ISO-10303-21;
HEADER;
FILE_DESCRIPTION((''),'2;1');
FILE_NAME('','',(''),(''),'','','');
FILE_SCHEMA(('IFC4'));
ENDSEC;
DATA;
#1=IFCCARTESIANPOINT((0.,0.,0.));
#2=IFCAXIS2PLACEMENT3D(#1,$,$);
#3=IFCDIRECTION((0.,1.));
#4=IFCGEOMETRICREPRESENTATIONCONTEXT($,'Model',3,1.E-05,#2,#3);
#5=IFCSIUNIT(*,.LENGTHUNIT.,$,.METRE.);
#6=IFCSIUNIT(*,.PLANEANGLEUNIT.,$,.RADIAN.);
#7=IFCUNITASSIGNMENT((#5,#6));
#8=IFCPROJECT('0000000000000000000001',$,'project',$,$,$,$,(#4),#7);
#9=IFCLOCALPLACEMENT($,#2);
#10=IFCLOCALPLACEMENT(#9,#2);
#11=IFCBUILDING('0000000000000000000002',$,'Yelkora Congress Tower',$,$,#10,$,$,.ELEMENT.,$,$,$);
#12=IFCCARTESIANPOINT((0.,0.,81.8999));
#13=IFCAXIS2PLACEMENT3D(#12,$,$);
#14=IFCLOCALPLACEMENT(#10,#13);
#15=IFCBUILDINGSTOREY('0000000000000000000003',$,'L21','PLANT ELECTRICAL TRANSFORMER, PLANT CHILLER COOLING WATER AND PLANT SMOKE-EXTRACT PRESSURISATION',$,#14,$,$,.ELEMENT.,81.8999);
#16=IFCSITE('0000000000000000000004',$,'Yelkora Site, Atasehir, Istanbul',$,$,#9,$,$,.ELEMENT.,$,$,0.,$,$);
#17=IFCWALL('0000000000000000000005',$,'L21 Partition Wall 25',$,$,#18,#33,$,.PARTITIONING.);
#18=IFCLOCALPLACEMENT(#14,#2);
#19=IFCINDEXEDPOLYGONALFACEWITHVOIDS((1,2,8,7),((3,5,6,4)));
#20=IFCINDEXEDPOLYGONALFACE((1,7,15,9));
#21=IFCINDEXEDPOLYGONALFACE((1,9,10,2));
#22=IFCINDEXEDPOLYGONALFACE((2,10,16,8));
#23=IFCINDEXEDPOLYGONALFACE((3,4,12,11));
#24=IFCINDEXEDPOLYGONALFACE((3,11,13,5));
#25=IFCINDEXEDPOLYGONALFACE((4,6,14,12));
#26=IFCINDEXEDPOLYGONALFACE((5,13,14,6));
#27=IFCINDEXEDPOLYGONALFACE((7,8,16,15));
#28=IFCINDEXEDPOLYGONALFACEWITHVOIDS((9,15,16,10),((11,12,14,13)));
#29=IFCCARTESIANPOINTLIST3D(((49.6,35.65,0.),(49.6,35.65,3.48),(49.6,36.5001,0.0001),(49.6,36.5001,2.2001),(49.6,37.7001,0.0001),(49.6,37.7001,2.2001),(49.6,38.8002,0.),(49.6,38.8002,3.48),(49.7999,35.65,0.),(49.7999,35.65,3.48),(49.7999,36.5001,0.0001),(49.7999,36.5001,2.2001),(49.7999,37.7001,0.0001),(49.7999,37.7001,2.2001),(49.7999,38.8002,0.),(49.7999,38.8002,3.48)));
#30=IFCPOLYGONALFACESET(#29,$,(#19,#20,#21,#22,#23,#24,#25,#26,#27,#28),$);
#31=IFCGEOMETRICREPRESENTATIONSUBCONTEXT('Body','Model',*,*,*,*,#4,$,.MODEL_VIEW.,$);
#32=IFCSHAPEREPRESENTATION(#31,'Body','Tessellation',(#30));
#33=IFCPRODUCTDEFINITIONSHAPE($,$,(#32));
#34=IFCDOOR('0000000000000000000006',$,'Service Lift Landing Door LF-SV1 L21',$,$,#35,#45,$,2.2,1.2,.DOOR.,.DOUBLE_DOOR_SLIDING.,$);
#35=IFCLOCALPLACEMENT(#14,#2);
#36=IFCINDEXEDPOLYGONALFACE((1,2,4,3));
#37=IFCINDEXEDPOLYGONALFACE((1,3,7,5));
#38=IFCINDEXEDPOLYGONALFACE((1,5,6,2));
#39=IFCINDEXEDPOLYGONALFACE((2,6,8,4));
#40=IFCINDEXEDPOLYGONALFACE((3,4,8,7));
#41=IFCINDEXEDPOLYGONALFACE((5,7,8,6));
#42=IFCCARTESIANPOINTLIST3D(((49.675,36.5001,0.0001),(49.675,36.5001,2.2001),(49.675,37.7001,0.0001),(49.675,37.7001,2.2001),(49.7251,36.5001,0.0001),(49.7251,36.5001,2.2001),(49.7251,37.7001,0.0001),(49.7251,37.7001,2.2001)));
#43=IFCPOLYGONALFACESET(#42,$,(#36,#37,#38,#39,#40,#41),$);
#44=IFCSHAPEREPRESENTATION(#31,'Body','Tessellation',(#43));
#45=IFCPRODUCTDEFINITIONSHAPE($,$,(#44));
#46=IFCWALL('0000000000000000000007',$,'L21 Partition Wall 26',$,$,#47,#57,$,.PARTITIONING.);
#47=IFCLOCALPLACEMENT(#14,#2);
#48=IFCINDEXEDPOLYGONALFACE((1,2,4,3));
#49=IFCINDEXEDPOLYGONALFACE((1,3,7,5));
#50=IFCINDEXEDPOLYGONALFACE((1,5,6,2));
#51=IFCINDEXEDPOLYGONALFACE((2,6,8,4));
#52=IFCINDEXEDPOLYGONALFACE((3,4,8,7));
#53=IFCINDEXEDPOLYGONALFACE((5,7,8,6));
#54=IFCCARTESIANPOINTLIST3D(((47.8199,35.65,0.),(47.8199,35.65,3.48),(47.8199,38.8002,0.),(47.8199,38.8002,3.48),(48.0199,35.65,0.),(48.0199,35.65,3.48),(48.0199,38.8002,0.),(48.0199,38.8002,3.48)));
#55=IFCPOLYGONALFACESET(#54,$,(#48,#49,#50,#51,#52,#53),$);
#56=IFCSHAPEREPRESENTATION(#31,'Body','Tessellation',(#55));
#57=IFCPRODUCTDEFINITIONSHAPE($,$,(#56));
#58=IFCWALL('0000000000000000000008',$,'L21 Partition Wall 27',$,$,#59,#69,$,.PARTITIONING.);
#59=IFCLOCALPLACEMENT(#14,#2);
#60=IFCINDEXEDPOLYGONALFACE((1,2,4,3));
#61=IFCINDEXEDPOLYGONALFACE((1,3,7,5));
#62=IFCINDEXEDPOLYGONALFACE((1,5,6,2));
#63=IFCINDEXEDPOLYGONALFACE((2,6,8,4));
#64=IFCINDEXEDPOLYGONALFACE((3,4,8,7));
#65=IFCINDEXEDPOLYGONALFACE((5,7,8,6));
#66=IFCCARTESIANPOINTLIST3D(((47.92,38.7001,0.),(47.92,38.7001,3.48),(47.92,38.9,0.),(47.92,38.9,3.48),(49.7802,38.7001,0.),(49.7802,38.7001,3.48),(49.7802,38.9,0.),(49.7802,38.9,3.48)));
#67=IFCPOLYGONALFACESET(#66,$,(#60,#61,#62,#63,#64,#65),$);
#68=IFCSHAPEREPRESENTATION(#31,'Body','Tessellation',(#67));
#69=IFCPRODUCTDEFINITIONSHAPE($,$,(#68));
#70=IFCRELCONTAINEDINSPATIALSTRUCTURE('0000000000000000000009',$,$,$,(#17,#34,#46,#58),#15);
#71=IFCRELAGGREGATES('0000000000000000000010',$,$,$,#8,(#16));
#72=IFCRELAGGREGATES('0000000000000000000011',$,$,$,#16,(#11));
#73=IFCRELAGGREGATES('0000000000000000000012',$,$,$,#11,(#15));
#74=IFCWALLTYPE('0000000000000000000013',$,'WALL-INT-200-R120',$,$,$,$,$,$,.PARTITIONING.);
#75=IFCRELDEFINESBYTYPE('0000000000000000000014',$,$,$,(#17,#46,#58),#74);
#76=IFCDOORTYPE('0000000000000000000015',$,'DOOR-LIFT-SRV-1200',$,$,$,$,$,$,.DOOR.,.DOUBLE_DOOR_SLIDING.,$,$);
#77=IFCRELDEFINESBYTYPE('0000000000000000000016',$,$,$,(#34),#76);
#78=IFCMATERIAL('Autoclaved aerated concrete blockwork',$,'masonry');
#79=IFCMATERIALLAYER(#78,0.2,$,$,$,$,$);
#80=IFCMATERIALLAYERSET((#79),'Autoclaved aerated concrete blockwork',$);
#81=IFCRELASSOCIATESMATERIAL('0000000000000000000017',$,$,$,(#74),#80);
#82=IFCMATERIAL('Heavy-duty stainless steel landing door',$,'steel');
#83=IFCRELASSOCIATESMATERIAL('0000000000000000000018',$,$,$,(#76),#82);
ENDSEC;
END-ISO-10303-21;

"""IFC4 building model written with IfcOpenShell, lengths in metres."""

from ifc_helpers import new_model, si_unit, direction, frame, frame_2d, origin, place, context, subcontext, project, spatial, rectangle, extrude, material, layer, layer_set, type_object, element, fill, save


model = new_model("IFC4")

# Units and contexts
model_context = context("Model", 3, precision=1e-05, world=origin(), true_north=direction((0.0, 1.0)))
body_context = subcontext(model_context, "Body", "Model", "MODEL_VIEW")
ifc_project = project(units=[si_unit("LENGTHUNIT", "METRE"), si_unit("PLANEANGLEUNIT", "RADIAN")], contexts=[model_context])

# Site, building, storey
site_placement = place(None, origin())
site = spatial("IfcSite", under=ifc_project, at=site_placement, Name="Yelkora Site, Atasehir, Istanbul", CompositionType="ELEMENT", RefElevation=0.0)
building_placement = place(site_placement, origin())
building = spatial("IfcBuilding", under=site, at=building_placement, Name="Yelkora Congress Tower", CompositionType="ELEMENT")
storey_placement = place(building_placement, frame((0.0, 0.0, 81.8999)))
storey = spatial("IfcBuildingStorey", under=building, at=storey_placement, Name="L21", Description="PLANT ELECTRICAL TRANSFORMER, PLANT CHILLER COOLING WATER AND PLANT SMOKE-EXTRACT PRESSURISATION", CompositionType="ELEMENT", Elevation=81.8999)

# Shared definitions
ifc_material_1 = material(Name="Autoclaved aerated concrete blockwork", Category="masonry")
ifc_layer_1 = layer(ifc_material_1, 0.2)
ifc_layer_set_1 = layer_set([ifc_layer_1], Name="Autoclaved aerated concrete blockwork")
wall_type_1 = type_object("IfcWallType", Name="WALL-INT-200-R120", PredefinedType="PARTITIONING", material=ifc_layer_set_1)

# Wall, opening, door
wall_1_placement = place(storey_placement, frame((49.7, 35.6499, 0.0), z_axis=(0.0, 0.0, 1.0), x_axis=(0.0, 1.0, 0.0)))
wall_1 = element("IfcWall", 1, at=wall_1_placement, inside=storey, type_object=wall_type_1, Name="L21 Partition Wall 25", PredefinedType="PARTITIONING", context=body_context, shape_type="SweptSolid", body=[
    extrude(rectangle(XDim=3.1501, YDim=0.2, at=frame_2d((1.5752, 0.0))), origin(), (0.0, 0.0, 1.0), 3.48),
])
opening_1_placement = place(wall_1_placement, frame((0.8501, 0.0, 0.0)))
opening_1 = element("IfcOpeningElement", 2, at=opening_1_placement, cuts=wall_1, PredefinedType="OPENING", context=body_context, shape_type="SweptSolid", body=[
    extrude(rectangle(XDim=1.2, YDim=2.2, at=frame_2d((0.6001, 1.1001))), frame((0.0, 0.1099, 0.0), z_axis=(0.0, -1.0, 0.0), x_axis=(1.0, 0.0, 0.0)), (0.0, 0.0, 1.0), 0.22),
])
ifc_material_2 = material(Name="Heavy-duty stainless steel landing door", Category="steel")
door_type_1 = type_object("IfcDoorType", Name="DOOR-LIFT-SRV-1200", OperationType="DOUBLE_DOOR_SLIDING", PredefinedType="DOOR", material=ifc_material_2)
door_1_placement = place(opening_1_placement, origin())
door_1 = element("IfcDoor", 3, at=door_1_placement, inside=storey, type_object=door_type_1, Name="Service Lift Landing Door LF-SV1 L21", OperationType="DOUBLE_DOOR_SLIDING", OverallHeight=2.2, OverallWidth=1.2, PredefinedType="DOOR", context=body_context, shape_type="SweptSolid", body=[
    extrude(rectangle(XDim=1.2, YDim=2.2, at=frame_2d((0.6001, 1.1001))), frame((0.0, 0.0249, 0.0), z_axis=(0.0, -1.0, 0.0), x_axis=(1.0, 0.0, 0.0)), (0.0, 0.0, 1.0), 0.05),
])
fill(opening_1, door_1)

# Walls
wall_2_placement = place(storey_placement, frame((47.9199, 35.6499, 0.0), z_axis=(0.0, 0.0, 1.0), x_axis=(0.0, 1.0, 0.0)))
element("IfcWall", 4, at=wall_2_placement, inside=storey, type_object=wall_type_1, Name="L21 Partition Wall 26", PredefinedType="PARTITIONING", context=body_context, shape_type="SweptSolid", body=[
    extrude(rectangle(XDim=3.1501, YDim=0.2, at=frame_2d((1.5752, 0.0))), origin(), (0.0, 0.0, 1.0), 3.48),
])
wall_3_placement = place(storey_placement, frame((47.9199, 38.8, 0.0), z_axis=(0.0, 0.0, 1.0), x_axis=(1.0, 0.0, 0.0)))
element("IfcWall", 5, at=wall_3_placement, inside=storey, type_object=wall_type_1, Name="L21 Partition Wall 27", PredefinedType="PARTITIONING", context=body_context, shape_type="SweptSolid", body=[
    extrude(rectangle(XDim=1.8601, YDim=0.2, at=frame_2d((0.9302, 0.0))), origin(), (0.0, 0.0, 1.0), 3.48),
])

save(model, "model.ifc")
